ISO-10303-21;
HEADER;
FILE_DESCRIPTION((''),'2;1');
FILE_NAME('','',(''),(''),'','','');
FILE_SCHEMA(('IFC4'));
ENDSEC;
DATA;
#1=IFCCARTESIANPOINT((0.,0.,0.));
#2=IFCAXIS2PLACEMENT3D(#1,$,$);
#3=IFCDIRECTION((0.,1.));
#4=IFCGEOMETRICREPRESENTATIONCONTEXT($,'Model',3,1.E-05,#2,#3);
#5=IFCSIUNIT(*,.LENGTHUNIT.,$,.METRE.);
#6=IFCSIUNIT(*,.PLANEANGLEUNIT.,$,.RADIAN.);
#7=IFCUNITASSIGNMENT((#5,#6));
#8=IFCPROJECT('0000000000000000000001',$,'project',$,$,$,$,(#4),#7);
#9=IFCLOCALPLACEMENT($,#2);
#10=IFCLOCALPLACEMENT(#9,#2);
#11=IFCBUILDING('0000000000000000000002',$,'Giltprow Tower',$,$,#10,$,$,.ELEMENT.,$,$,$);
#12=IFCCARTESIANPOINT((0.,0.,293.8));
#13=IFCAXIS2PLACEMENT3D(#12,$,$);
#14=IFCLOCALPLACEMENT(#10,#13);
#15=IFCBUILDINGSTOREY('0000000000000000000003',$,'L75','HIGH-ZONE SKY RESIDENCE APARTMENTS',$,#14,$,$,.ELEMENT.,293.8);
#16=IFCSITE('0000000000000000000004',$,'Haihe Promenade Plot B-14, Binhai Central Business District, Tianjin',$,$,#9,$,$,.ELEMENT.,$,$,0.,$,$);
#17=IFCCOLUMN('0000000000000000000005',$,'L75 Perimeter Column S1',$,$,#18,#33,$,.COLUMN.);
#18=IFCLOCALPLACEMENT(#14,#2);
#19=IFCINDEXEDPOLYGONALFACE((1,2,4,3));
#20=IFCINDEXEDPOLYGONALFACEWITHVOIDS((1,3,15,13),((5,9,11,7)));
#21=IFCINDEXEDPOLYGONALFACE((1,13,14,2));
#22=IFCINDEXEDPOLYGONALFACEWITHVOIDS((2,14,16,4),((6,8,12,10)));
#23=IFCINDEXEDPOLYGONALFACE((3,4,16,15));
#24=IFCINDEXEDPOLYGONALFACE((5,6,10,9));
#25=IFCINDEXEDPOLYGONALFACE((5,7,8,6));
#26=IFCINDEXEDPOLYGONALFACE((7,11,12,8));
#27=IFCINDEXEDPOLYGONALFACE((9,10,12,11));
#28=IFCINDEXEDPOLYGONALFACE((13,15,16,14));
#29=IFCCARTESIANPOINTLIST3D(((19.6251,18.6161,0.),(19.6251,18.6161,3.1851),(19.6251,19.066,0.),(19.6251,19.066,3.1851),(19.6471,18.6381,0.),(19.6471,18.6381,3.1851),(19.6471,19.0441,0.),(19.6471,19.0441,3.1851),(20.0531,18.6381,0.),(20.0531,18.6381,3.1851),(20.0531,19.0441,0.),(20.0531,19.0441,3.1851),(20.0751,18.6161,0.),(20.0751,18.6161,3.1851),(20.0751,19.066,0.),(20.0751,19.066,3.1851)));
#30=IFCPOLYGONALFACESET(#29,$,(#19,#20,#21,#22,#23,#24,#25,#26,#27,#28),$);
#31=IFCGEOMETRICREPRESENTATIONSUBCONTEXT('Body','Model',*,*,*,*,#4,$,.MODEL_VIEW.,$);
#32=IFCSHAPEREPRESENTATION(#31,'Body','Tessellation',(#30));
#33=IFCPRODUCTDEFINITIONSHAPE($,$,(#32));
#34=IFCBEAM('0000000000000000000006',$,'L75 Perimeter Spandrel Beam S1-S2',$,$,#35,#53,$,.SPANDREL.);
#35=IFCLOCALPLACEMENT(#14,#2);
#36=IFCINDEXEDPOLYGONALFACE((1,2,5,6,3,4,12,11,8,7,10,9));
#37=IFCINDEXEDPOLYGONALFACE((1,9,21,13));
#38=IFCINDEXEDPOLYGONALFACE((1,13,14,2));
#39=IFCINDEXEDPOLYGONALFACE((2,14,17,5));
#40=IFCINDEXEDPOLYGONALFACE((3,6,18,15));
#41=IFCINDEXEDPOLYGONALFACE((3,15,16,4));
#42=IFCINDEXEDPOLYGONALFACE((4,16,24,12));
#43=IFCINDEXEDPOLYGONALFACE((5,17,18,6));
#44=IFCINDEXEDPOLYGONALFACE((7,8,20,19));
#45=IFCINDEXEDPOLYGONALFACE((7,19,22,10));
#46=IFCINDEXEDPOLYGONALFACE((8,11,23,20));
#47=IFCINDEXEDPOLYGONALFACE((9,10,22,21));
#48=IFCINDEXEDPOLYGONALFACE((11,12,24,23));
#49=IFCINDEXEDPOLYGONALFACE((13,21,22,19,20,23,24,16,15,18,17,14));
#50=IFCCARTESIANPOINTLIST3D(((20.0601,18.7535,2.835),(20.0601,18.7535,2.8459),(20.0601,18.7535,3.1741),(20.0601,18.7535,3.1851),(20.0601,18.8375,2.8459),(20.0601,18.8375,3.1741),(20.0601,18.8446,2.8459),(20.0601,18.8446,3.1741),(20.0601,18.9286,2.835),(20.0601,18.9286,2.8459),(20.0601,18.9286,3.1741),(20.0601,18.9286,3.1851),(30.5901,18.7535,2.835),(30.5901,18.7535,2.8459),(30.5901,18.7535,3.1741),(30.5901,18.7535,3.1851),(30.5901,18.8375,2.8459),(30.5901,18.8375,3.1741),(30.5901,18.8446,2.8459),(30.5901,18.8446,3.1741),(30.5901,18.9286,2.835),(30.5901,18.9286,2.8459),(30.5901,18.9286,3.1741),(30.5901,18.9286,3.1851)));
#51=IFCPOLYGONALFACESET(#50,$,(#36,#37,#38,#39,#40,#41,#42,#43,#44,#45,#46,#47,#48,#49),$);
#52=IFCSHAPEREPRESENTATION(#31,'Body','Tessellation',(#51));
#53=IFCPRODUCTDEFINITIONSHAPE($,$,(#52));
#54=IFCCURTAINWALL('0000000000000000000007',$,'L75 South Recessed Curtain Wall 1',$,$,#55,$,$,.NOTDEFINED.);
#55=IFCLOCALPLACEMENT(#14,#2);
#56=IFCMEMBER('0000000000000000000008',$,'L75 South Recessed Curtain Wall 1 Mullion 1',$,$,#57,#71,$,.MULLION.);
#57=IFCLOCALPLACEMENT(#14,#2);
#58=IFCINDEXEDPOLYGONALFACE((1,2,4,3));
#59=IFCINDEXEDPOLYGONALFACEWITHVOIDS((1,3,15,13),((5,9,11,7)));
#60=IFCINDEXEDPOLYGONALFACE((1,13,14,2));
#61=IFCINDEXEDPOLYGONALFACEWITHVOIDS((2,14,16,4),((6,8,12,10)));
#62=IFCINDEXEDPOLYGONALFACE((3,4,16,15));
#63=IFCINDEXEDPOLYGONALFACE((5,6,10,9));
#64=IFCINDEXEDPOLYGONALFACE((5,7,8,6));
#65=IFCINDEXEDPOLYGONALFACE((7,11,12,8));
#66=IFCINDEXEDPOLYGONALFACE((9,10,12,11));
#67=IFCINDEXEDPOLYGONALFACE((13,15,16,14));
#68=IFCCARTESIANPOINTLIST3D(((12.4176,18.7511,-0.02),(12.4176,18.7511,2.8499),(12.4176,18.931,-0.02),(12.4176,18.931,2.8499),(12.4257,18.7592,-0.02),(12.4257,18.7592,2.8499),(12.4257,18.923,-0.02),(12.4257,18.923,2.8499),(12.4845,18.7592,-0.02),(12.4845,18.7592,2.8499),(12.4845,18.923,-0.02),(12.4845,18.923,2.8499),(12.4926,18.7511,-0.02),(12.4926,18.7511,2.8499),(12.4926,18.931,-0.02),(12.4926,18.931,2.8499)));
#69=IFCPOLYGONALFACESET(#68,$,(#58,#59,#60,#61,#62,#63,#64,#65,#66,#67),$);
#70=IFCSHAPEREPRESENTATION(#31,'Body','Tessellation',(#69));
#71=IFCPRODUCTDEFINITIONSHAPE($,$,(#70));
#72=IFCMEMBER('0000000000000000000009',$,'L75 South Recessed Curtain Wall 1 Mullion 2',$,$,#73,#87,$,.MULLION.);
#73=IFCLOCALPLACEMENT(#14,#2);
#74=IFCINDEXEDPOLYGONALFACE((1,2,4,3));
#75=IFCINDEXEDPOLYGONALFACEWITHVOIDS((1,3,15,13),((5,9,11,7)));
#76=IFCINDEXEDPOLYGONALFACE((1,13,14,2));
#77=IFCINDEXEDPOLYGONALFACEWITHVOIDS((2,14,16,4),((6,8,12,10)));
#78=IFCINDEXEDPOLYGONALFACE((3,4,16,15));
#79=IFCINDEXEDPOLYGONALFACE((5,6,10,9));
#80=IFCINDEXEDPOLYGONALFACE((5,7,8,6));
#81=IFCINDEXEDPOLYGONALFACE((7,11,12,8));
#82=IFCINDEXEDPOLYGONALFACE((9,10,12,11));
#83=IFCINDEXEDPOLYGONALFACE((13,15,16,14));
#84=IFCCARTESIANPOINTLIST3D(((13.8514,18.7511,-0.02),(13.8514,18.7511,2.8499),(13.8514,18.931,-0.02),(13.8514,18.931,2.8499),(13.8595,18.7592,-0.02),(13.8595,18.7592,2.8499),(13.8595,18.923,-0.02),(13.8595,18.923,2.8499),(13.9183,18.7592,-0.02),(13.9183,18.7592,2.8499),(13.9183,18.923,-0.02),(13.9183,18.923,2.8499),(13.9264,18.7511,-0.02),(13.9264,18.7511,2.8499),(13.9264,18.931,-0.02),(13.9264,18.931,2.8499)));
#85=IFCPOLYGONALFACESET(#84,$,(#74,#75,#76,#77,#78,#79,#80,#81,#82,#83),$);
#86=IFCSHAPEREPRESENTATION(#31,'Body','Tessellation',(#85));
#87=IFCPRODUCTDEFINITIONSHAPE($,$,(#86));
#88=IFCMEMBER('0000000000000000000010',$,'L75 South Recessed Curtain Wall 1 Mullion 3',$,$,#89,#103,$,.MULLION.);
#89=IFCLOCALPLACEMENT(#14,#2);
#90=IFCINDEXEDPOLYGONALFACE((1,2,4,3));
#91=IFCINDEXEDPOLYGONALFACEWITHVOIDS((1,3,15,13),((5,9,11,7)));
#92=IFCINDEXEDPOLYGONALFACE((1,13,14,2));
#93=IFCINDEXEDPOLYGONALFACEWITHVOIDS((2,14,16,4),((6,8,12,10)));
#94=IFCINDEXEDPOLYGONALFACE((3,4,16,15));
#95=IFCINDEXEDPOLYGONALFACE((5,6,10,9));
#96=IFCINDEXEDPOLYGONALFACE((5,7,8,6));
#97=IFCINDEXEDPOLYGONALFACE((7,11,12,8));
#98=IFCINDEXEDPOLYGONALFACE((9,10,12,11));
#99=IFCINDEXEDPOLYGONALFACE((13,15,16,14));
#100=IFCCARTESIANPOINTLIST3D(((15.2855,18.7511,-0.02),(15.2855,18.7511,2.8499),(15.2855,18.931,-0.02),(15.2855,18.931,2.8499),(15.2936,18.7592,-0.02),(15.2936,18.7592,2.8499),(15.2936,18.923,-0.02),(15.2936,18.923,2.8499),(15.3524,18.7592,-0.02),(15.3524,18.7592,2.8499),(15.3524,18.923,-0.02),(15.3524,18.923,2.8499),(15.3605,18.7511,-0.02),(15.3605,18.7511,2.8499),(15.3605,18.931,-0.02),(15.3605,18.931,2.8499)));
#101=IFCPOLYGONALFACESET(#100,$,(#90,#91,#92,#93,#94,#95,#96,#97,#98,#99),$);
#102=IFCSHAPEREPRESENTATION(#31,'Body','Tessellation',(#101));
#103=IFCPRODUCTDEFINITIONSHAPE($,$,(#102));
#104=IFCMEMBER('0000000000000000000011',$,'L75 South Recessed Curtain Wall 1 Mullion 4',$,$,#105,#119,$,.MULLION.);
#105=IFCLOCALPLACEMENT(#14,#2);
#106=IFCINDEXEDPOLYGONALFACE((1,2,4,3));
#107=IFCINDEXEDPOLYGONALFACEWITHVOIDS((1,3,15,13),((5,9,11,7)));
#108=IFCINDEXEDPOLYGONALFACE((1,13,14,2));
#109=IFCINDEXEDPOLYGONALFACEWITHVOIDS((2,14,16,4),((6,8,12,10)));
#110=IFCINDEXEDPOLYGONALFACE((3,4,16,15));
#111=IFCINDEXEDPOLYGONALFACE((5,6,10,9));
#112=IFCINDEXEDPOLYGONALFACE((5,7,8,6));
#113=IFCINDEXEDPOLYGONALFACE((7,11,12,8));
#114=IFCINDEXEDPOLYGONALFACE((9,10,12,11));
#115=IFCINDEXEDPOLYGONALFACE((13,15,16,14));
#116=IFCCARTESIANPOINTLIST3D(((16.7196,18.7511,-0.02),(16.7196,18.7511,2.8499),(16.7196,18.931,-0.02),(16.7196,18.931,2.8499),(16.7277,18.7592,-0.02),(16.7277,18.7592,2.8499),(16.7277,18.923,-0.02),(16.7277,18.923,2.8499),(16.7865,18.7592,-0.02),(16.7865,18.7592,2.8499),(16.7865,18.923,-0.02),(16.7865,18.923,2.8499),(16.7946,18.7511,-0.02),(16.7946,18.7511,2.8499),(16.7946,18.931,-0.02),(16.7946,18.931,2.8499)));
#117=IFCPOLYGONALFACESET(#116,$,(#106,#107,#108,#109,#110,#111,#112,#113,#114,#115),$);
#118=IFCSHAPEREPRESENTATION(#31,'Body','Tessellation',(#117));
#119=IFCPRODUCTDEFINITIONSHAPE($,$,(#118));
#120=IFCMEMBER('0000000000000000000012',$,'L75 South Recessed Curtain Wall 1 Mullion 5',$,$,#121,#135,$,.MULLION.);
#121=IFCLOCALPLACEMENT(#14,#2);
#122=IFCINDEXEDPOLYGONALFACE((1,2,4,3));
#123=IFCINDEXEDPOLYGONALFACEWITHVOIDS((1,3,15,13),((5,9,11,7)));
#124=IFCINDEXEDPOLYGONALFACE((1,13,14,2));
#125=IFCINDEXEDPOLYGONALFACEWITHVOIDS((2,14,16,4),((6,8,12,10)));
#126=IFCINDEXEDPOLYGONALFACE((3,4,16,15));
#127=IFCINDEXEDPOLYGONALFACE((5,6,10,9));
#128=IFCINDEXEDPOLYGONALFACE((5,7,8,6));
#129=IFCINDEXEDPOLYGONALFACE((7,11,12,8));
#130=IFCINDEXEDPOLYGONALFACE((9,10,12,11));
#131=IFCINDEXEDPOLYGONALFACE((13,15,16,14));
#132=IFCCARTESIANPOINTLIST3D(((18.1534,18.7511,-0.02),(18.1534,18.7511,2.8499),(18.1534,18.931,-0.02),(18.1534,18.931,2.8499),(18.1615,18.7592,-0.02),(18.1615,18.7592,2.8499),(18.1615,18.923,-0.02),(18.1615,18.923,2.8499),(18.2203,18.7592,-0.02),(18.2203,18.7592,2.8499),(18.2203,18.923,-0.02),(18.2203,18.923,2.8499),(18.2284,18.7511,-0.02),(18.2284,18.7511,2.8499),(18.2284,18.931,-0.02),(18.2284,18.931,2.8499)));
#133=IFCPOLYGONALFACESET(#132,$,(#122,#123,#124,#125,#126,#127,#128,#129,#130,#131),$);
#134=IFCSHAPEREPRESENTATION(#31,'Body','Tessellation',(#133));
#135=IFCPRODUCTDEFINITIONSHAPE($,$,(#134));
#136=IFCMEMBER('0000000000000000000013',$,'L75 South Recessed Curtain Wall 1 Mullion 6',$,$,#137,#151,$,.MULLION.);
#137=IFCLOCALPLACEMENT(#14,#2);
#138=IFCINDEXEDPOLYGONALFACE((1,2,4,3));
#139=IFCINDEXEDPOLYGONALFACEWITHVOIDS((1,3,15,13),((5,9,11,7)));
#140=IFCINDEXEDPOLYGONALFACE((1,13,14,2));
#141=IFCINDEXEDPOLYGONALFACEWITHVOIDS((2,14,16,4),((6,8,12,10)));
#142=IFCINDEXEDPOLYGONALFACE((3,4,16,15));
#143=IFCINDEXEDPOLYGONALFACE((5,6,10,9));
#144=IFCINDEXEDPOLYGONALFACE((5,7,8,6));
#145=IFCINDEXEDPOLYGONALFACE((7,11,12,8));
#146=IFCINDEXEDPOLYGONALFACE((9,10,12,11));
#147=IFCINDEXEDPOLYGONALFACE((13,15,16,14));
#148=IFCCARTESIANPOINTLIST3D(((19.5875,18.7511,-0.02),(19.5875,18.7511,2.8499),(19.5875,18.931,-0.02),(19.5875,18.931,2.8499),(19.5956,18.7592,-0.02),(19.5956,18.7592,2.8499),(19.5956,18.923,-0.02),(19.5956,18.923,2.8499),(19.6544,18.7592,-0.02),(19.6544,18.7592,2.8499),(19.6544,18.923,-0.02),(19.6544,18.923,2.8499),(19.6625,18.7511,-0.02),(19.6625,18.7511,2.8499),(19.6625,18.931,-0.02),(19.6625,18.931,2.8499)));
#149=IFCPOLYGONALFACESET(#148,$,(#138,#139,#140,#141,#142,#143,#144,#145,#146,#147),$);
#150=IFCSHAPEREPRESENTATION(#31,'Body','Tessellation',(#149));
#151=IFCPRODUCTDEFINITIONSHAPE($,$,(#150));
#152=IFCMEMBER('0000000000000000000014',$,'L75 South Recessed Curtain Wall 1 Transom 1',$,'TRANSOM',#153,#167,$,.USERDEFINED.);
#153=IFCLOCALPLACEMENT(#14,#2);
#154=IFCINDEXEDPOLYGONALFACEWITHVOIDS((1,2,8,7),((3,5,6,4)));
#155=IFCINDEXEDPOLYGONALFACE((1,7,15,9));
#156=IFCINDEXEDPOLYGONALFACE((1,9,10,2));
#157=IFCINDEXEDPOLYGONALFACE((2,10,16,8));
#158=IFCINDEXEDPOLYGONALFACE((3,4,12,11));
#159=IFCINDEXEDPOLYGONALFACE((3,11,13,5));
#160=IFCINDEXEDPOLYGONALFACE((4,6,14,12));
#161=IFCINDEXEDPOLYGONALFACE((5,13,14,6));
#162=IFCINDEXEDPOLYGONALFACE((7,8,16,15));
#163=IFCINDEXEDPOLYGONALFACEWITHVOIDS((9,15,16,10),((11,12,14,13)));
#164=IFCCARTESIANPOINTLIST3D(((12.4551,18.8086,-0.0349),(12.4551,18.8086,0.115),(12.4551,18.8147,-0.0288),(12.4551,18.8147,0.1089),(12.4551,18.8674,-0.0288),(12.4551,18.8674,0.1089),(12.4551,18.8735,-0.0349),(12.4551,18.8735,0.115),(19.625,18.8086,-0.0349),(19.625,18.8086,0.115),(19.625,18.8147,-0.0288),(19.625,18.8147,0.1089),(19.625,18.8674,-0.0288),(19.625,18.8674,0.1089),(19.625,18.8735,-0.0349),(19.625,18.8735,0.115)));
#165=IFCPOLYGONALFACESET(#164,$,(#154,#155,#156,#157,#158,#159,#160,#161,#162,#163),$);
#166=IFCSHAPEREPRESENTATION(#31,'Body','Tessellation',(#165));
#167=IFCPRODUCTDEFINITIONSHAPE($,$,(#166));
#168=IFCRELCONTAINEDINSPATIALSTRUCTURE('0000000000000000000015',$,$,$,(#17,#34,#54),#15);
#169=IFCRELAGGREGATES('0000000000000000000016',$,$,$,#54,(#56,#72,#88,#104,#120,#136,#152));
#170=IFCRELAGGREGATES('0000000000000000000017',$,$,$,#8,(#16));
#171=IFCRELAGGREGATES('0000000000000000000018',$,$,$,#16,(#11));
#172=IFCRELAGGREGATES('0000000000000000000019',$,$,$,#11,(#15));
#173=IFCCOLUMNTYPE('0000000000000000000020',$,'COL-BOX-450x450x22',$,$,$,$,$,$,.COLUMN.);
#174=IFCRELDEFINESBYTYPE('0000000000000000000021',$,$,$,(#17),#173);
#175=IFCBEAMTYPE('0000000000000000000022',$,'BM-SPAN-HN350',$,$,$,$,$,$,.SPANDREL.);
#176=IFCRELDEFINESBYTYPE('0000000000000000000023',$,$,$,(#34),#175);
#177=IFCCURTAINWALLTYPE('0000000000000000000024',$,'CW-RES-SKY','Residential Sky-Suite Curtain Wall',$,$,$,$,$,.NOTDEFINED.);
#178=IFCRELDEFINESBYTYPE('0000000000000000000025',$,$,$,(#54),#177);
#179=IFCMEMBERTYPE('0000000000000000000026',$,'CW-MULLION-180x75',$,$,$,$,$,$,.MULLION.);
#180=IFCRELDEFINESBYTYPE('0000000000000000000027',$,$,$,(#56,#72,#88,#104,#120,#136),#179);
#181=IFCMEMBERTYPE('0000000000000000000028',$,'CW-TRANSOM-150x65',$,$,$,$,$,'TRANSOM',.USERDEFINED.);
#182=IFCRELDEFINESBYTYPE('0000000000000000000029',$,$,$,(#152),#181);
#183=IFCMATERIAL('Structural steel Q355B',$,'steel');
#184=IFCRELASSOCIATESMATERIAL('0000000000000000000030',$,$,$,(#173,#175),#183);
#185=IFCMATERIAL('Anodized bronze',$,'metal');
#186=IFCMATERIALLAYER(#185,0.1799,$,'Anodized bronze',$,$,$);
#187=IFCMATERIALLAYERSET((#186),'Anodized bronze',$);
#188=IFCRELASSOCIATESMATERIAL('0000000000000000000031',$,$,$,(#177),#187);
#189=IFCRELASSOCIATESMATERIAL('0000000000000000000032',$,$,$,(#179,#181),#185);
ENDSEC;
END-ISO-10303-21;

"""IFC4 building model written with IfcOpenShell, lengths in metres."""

from ifc_helpers import new_model, si_unit, direction, frame, origin, origin_2d, place, context, subcontext, project, spatial, hollow_rectangle, i_section, extrude, source, transform, mapped, material, layer, layer_set, material_profile, profile_set, type_object, element, aggregate, save


model = new_model("IFC4")

# Units and contexts
model_context = context("Model", 3, precision=1e-05, world=origin(), true_north=direction((0.0, 1.0)))
body_context = subcontext(model_context, "Body", "Model", "MODEL_VIEW")
ifc_project = project(units=[si_unit("LENGTHUNIT", "METRE"), si_unit("PLANEANGLEUNIT", "RADIAN")], contexts=[model_context])

# Site, building, storey
site_placement = place(None, origin())
site = spatial("IfcSite", under=ifc_project, at=site_placement, Name="Haihe Promenade Plot B-14, Binhai Central Business District, Tianjin", CompositionType="ELEMENT", RefElevation=0.0)
building_placement = place(site_placement, origin())
building = spatial("IfcBuilding", under=site, at=building_placement, Name="Giltprow Tower", CompositionType="ELEMENT")
storey_placement = place(building_placement, frame((0.0, 0.0, 293.8)))
storey = spatial("IfcBuildingStorey", under=building, at=storey_placement, Name="L75", Description="HIGH-ZONE SKY RESIDENCE APARTMENTS", CompositionType="ELEMENT", Elevation=293.8)

# Column
ifc_material_1 = material(Name="Structural steel Q355B", Category="steel")
ifc_material_profile_1 = material_profile(ifc_material_1, hollow_rectangle(XDim=0.45, YDim=0.45, WallThickness=0.022, at=origin_2d()), Name="BOX 450x450x22")
ifc_profile_set_1 = profile_set([ifc_material_profile_1], Name="Structural steel Q355B")
column_type = type_object("IfcColumnType", Name="COL-BOX-450x450x22", PredefinedType="COLUMN", material=ifc_profile_set_1)
shared_shape_1 = source(origin(), body_context, "Body", "SweptSolid", [
    extrude(hollow_rectangle(XDim=0.45, YDim=0.45, WallThickness=0.022, at=origin_2d()), origin(), (0.0, 0.0, 1.0), 3.1851),
])
column_placement = place(storey_placement, frame((19.8501, 18.8411, 0.0), z_axis=(0.0, 0.0, 1.0), x_axis=(1.0, 0.0, 0.0)))
element("IfcColumn", 1, at=column_placement, inside=storey, type_object=column_type, Name="L75 Perimeter Column S1", PredefinedType="COLUMN", context=body_context, shape_type="MappedRepresentation", body=[
    mapped(shared_shape_1, transform((0.0, 0.0, 0.0), x_axis=(1.0, 0.0, 0.0), y_axis=(0.0, 1.0, 0.0), z_axis=(0.0, 0.0, 1.0), scale=1.0)),
])

# Beam
ifc_material_profile_2 = material_profile(ifc_material_1, i_section(OverallWidth=0.175, OverallDepth=0.3501, WebThickness=0.0071, FlangeThickness=0.011, at=origin_2d()), Name="HN 350x175x7x11")
ifc_profile_set_2 = profile_set([ifc_material_profile_2], Name="Structural steel Q355B")
beam_type = type_object("IfcBeamType", Name="BM-SPAN-HN350", PredefinedType="SPANDREL", material=ifc_profile_set_2)
shared_shape_2 = source(origin(), body_context, "Body", "SweptSolid", [
    extrude(i_section(OverallWidth=0.175, OverallDepth=0.3501, WebThickness=0.0071, FlangeThickness=0.011, at=origin_2d()), origin(), (0.0, 0.0, 1.0), 10.53),
])
beam_placement = place(storey_placement, frame((20.0601, 18.8411, 3.01), z_axis=(1.0, 0.0, 0.0), x_axis=(0.0, 1.0, 0.0)))
element("IfcBeam", 2, at=beam_placement, inside=storey, type_object=beam_type, Name="L75 Perimeter Spandrel Beam S1-S2", PredefinedType="SPANDREL", context=body_context, shape_type="MappedRepresentation", body=[
    mapped(shared_shape_2, transform((0.0, 0.0, 0.0), x_axis=(1.0, 0.0, 0.0), y_axis=(0.0, 1.0, 0.0), z_axis=(0.0, 0.0, 1.0), scale=1.0)),
])

# Curtain wall, members
ifc_material_2 = material(Name="Anodized bronze", Category="metal")
ifc_layer_1 = layer(ifc_material_2, 0.1799, Name="Anodized bronze")
ifc_layer_set_1 = layer_set([ifc_layer_1], Name="Anodized bronze")
curtain_wall_type = type_object("IfcCurtainWallType", Name="CW-RES-SKY", Description="Residential Sky-Suite Curtain Wall", PredefinedType="NOTDEFINED", material=ifc_layer_set_1)
curtain_wall_placement = place(storey_placement, origin())
curtain_wall = element("IfcCurtainWall", 3, at=curtain_wall_placement, inside=storey, type_object=curtain_wall_type, Name="L75 South Recessed Curtain Wall 1", PredefinedType="NOTDEFINED")
ifc_material_profile_3 = material_profile(ifc_material_2, hollow_rectangle(XDim=0.075, YDim=0.1799, WallThickness=0.0081, at=origin_2d()), Name="RHS 180x75x8")
ifc_profile_set_3 = profile_set([ifc_material_profile_3], Name="Anodized bronze")
member_type_1 = type_object("IfcMemberType", Name="CW-MULLION-180x75", PredefinedType="MULLION", material=ifc_profile_set_3)
shared_shape_3 = source(origin(), body_context, "Body", "SweptSolid", [
    extrude(hollow_rectangle(XDim=0.075, YDim=0.1799, WallThickness=0.0081, at=origin_2d()), origin(), (0.0, 0.0, 1.0), 2.8699),
])
member_1_placement = place(storey_placement, frame((12.4551, 18.8411, -0.02), z_axis=(0.0, 0.0, 1.0), x_axis=(1.0, 0.0, 0.0)))
member_1 = element("IfcMember", 4, at=member_1_placement, type_object=member_type_1, Name="L75 South Recessed Curtain Wall 1 Mullion 1", PredefinedType="MULLION", context=body_context, shape_type="MappedRepresentation", body=[
    mapped(shared_shape_3, transform((0.0, 0.0, 0.0), x_axis=(1.0, 0.0, 0.0), y_axis=(0.0, 1.0, 0.0), z_axis=(0.0, 0.0, 1.0), scale=1.0)),
])
member_2_placement = place(storey_placement, frame((13.8889, 18.8411, -0.02), z_axis=(0.0, 0.0, 1.0), x_axis=(1.0, 0.0, 0.0)))
member_2 = element("IfcMember", 5, at=member_2_placement, type_object=member_type_1, Name="L75 South Recessed Curtain Wall 1 Mullion 2", PredefinedType="MULLION", context=body_context, shape_type="MappedRepresentation", body=[
    mapped(shared_shape_3, transform((0.0, 0.0, 0.0), x_axis=(1.0, 0.0, 0.0), y_axis=(0.0, 1.0, 0.0), z_axis=(0.0, 0.0, 1.0), scale=1.0)),
])
member_3_placement = place(storey_placement, frame((15.323, 18.8411, -0.02), z_axis=(0.0, 0.0, 1.0), x_axis=(1.0, 0.0, 0.0)))
member_3 = element("IfcMember", 6, at=member_3_placement, type_object=member_type_1, Name="L75 South Recessed Curtain Wall 1 Mullion 3", PredefinedType="MULLION", context=body_context, shape_type="MappedRepresentation", body=[
    mapped(shared_shape_3, transform((0.0, 0.0, 0.0), x_axis=(1.0, 0.0, 0.0), y_axis=(0.0, 1.0, 0.0), z_axis=(0.0, 0.0, 1.0), scale=1.0)),
])
member_4_placement = place(storey_placement, frame((16.7571, 18.8411, -0.02), z_axis=(0.0, 0.0, 1.0), x_axis=(1.0, 0.0, 0.0)))
member_4 = element("IfcMember", 7, at=member_4_placement, type_object=member_type_1, Name="L75 South Recessed Curtain Wall 1 Mullion 4", PredefinedType="MULLION", context=body_context, shape_type="MappedRepresentation", body=[
    mapped(shared_shape_3, transform((0.0, 0.0, 0.0), x_axis=(1.0, 0.0, 0.0), y_axis=(0.0, 1.0, 0.0), z_axis=(0.0, 0.0, 1.0), scale=1.0)),
])
member_5_placement = place(storey_placement, frame((18.1909, 18.8411, -0.02), z_axis=(0.0, 0.0, 1.0), x_axis=(1.0, 0.0, 0.0)))
member_5 = element("IfcMember", 8, at=member_5_placement, type_object=member_type_1, Name="L75 South Recessed Curtain Wall 1 Mullion 5", PredefinedType="MULLION", context=body_context, shape_type="MappedRepresentation", body=[
    mapped(shared_shape_3, transform((0.0, 0.0, 0.0), x_axis=(1.0, 0.0, 0.0), y_axis=(0.0, 1.0, 0.0), z_axis=(0.0, 0.0, 1.0), scale=1.0)),
])
member_6_placement = place(storey_placement, frame((19.625, 18.8411, -0.02), z_axis=(0.0, 0.0, 1.0), x_axis=(1.0, 0.0, 0.0)))
member_6 = element("IfcMember", 9, at=member_6_placement, type_object=member_type_1, Name="L75 South Recessed Curtain Wall 1 Mullion 6", PredefinedType="MULLION", context=body_context, shape_type="MappedRepresentation", body=[
    mapped(shared_shape_3, transform((0.0, 0.0, 0.0), x_axis=(1.0, 0.0, 0.0), y_axis=(0.0, 1.0, 0.0), z_axis=(0.0, 0.0, 1.0), scale=1.0)),
])
ifc_material_profile_4 = material_profile(ifc_material_2, hollow_rectangle(XDim=0.0649, YDim=0.1499, WallThickness=0.0061, at=origin_2d()), Name="RHS 150x65x6")
ifc_profile_set_4 = profile_set([ifc_material_profile_4], Name="Anodized bronze")
member_type_2 = type_object("IfcMemberType", Name="CW-TRANSOM-150x65", ElementType="TRANSOM", PredefinedType="USERDEFINED", material=ifc_profile_set_4)
shared_shape_4 = source(origin(), body_context, "Body", "SweptSolid", [
    extrude(hollow_rectangle(XDim=0.0649, YDim=0.1499, WallThickness=0.0061, at=origin_2d()), origin(), (0.0, 0.0, 1.0), 7.1699),
])
member_7_placement = place(storey_placement, frame((12.4551, 18.8411, 0.04), z_axis=(1.0, 0.0, 0.0), x_axis=(0.0, 1.0, 0.0)))
member_7 = element("IfcMember", 10, at=member_7_placement, type_object=member_type_2, Name="L75 South Recessed Curtain Wall 1 Transom 1", ObjectType="TRANSOM", PredefinedType="USERDEFINED", context=body_context, shape_type="MappedRepresentation", body=[
    mapped(shared_shape_4, transform((0.0, 0.0, 0.0), x_axis=(1.0, 0.0, 0.0), y_axis=(0.0, 1.0, 0.0), z_axis=(0.0, 0.0, 1.0), scale=1.0)),
])

aggregate(curtain_wall, [member_1, member_2, member_3, member_4, member_5, member_6, member_7])

save(model, "model.ifc")
